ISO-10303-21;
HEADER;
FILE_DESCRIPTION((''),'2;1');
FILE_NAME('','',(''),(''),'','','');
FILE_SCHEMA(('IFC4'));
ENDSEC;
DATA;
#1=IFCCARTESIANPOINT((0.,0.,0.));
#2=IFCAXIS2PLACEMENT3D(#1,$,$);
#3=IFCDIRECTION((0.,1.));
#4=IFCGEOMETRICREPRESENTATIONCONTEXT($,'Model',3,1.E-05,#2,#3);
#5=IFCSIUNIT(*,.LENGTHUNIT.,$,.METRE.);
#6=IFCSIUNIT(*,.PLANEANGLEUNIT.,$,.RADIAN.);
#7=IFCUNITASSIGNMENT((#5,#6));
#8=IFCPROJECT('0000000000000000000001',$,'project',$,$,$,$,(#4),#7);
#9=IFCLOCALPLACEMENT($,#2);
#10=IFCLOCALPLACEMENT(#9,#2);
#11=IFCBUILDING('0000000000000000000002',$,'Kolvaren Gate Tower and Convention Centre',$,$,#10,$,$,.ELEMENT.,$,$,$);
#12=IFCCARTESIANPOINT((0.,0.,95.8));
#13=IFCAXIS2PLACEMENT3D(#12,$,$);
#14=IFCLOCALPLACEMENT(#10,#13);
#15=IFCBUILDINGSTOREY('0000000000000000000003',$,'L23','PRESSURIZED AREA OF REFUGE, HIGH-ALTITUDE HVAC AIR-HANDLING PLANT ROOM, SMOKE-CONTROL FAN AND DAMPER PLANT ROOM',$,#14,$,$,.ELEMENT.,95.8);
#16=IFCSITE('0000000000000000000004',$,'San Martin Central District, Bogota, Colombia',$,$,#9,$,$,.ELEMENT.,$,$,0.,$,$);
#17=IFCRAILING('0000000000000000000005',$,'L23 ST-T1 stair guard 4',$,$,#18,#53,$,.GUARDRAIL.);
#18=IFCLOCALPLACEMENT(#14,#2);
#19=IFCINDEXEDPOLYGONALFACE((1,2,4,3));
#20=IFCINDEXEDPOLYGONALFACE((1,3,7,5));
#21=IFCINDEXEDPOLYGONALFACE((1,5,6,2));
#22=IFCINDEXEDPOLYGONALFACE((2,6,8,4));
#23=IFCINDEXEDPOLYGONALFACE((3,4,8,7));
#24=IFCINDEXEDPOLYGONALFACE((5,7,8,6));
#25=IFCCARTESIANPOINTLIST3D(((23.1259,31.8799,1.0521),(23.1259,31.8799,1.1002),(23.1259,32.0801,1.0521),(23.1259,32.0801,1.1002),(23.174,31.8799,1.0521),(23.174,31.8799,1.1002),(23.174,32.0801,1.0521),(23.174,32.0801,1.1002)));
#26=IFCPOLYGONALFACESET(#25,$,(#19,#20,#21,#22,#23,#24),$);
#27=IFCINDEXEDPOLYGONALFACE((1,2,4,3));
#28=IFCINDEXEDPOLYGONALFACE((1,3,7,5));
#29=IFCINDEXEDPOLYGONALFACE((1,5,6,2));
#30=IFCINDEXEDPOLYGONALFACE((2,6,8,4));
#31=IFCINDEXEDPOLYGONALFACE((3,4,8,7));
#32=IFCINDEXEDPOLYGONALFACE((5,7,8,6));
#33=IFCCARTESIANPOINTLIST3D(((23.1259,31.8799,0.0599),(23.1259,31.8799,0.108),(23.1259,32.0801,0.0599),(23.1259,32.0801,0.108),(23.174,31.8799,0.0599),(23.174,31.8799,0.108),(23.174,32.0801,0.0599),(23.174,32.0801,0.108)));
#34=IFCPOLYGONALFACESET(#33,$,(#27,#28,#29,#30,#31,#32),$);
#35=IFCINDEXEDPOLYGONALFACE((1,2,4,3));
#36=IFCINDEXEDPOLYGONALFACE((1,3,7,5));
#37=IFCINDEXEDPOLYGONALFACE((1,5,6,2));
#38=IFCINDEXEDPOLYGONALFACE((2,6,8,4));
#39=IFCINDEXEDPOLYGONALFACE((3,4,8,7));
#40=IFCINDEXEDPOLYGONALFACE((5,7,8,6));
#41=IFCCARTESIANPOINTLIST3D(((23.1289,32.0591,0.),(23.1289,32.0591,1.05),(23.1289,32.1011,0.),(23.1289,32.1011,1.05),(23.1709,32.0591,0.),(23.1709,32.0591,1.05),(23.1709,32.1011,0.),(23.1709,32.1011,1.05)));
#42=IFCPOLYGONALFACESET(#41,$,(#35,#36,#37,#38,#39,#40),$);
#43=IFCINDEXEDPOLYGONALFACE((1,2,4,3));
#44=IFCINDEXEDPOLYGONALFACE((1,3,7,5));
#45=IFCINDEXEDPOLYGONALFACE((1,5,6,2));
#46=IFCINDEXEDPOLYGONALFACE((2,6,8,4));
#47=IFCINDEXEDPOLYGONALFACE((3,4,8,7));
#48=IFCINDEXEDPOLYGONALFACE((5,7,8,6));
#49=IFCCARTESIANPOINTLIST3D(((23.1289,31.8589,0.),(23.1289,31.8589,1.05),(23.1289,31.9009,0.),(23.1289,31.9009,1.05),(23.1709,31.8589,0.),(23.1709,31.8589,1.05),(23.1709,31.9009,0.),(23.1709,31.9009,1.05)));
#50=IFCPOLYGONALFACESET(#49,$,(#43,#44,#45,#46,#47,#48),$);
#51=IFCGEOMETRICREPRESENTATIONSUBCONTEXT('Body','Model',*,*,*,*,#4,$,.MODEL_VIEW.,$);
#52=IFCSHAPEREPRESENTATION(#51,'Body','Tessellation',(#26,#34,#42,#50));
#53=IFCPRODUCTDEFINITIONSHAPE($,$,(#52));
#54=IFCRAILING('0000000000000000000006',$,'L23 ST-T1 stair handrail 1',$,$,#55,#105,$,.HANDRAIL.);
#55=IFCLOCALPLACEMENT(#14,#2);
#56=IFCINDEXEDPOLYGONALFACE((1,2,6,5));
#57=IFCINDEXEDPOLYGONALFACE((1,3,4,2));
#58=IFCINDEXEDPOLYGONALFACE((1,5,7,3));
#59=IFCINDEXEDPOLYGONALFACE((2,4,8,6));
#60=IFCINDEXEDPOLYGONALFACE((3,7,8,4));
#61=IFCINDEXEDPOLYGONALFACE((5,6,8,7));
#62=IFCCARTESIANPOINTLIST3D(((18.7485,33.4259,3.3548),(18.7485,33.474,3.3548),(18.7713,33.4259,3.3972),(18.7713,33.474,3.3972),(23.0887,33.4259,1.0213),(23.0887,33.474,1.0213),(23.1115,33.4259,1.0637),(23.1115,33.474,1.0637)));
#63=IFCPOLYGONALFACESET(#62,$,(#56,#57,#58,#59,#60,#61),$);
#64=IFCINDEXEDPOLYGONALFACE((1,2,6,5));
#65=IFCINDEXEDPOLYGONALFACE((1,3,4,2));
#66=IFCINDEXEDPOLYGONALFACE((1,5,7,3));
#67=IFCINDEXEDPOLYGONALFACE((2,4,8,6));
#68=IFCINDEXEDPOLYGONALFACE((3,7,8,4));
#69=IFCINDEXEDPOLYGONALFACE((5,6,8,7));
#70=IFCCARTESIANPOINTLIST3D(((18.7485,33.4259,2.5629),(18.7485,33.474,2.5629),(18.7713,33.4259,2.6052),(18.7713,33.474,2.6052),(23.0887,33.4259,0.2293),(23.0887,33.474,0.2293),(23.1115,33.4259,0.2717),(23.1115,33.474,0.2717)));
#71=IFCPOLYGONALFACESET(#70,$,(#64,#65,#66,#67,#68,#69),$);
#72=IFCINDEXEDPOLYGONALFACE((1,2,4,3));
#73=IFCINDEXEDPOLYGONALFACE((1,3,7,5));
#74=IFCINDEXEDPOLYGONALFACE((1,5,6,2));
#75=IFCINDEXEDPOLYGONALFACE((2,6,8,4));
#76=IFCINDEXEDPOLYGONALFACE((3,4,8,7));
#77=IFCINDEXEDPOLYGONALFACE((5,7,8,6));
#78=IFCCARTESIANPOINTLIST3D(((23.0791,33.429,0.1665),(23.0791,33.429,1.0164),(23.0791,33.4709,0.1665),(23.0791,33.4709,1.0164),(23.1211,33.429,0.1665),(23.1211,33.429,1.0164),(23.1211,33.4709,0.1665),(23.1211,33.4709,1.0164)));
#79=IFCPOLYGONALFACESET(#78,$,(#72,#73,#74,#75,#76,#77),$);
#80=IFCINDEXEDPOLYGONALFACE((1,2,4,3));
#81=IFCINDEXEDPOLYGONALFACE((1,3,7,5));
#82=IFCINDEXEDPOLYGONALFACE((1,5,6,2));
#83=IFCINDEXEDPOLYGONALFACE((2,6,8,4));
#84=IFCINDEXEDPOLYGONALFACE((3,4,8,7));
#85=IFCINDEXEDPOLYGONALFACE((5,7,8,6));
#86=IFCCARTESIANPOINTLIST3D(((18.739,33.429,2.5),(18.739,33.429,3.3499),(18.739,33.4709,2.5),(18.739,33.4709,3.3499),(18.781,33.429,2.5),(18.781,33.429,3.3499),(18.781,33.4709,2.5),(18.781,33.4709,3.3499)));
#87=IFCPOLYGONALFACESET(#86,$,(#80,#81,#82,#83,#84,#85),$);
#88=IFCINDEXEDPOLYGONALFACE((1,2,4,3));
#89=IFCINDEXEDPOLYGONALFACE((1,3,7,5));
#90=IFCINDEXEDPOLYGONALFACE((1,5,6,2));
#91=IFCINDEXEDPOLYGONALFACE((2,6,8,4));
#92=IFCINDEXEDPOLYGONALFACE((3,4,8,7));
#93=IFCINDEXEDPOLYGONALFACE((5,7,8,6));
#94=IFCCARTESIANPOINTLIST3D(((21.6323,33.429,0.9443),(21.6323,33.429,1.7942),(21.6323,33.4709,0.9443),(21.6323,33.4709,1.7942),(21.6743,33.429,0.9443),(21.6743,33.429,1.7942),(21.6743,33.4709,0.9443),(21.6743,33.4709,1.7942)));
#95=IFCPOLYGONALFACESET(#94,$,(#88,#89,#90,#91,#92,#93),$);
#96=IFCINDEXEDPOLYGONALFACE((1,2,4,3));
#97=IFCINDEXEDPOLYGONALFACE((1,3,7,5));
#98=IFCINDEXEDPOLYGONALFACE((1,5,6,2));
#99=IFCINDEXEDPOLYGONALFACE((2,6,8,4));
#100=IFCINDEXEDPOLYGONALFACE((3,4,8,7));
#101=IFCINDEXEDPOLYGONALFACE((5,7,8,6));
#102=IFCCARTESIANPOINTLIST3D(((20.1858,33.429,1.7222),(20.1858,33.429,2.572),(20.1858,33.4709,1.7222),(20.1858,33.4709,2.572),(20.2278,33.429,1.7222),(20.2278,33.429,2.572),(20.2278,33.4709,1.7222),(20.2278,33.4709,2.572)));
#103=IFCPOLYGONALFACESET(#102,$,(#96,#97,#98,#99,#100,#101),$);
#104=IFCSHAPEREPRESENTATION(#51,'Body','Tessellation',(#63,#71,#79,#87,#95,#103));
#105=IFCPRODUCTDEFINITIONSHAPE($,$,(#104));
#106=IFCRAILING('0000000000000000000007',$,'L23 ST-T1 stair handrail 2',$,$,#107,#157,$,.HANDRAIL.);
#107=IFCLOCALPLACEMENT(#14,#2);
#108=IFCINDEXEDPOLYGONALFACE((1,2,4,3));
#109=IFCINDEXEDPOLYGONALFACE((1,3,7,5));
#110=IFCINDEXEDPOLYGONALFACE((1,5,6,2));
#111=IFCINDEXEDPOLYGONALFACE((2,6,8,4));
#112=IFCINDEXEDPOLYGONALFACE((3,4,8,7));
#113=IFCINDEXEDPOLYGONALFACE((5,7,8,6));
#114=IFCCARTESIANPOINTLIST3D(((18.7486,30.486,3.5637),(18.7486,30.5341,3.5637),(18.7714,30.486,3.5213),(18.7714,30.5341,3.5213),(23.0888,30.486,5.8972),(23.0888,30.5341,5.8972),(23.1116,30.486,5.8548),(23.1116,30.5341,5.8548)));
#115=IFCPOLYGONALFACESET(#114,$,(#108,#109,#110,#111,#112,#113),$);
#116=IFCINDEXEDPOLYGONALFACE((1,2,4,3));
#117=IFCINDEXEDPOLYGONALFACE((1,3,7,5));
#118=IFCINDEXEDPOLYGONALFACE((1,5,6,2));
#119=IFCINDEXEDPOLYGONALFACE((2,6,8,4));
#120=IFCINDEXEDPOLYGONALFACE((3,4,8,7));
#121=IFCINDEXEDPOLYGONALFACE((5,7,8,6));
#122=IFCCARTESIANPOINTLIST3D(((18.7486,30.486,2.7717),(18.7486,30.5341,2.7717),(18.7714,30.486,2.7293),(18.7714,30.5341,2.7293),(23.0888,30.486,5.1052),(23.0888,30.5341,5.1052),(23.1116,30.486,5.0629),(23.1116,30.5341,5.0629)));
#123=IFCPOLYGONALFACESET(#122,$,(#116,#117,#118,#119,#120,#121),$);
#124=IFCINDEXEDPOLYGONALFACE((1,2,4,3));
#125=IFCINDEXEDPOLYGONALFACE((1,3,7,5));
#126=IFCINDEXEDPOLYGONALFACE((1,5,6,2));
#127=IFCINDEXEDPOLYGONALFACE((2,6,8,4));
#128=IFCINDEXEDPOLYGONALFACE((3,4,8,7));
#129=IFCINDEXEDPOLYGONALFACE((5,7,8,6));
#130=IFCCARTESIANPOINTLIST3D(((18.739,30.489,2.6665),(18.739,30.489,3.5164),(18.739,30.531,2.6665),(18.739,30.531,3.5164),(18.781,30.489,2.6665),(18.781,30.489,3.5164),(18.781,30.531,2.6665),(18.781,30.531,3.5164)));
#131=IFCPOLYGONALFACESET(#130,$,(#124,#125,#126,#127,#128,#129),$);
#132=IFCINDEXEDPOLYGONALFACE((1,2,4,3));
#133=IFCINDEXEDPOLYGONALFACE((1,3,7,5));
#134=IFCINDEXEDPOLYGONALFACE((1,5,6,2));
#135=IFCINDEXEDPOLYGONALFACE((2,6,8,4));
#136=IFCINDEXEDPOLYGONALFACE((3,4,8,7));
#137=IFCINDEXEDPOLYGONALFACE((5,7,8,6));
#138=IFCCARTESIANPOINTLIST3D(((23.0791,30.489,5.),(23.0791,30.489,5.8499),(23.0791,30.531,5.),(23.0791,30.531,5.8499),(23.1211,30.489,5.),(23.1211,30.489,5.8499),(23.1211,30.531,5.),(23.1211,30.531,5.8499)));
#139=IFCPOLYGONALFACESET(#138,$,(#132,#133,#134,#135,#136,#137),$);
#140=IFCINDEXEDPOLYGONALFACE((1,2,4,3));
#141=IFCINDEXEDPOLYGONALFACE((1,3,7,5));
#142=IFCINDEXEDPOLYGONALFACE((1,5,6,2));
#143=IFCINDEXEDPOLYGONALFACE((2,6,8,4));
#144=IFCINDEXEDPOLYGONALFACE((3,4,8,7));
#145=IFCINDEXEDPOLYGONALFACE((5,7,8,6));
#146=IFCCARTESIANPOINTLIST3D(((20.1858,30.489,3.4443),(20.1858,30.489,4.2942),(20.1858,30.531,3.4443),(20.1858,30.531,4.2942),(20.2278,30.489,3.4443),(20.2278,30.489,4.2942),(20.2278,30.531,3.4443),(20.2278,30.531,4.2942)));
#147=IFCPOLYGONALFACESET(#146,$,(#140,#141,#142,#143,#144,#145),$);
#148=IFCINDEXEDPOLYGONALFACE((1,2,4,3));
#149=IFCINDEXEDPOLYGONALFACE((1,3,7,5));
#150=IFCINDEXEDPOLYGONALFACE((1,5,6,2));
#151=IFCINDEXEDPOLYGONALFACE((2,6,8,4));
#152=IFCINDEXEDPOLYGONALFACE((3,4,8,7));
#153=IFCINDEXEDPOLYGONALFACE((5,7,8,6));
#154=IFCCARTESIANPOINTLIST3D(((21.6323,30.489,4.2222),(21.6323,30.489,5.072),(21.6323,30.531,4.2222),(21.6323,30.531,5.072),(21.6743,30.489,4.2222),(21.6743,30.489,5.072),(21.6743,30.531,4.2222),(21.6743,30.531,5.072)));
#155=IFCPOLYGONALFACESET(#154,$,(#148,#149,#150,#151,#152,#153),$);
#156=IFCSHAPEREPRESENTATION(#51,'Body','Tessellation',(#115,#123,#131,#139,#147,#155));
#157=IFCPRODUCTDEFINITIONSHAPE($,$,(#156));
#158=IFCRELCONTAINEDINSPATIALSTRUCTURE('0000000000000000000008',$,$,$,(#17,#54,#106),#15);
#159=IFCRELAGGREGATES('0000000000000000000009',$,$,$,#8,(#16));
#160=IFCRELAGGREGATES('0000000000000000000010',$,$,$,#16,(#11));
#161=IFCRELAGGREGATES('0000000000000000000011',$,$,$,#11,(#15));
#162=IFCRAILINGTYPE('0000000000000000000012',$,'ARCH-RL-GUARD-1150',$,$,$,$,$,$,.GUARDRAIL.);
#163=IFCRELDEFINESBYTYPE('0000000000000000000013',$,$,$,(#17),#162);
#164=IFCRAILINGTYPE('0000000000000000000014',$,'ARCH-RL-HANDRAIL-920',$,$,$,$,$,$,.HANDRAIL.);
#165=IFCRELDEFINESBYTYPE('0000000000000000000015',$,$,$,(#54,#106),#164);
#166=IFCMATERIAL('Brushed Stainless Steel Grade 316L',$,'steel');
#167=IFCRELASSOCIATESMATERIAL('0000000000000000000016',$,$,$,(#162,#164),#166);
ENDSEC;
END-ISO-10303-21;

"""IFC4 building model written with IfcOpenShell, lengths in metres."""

from ifc_helpers import new_model, si_unit, direction, frame, origin, origin_2d, place, context, subcontext, project, spatial, rectangle, extrude, material, type_object, element, save


model = new_model("IFC4")

# Units and contexts
model_context = context("Model", 3, precision=1e-05, world=origin(), true_north=direction((0.0, 1.0)))
body_context = subcontext(model_context, "Body", "Model", "MODEL_VIEW")
ifc_project = project(units=[si_unit("LENGTHUNIT", "METRE"), si_unit("PLANEANGLEUNIT", "RADIAN")], contexts=[model_context])

# Site, building, storey
site_placement = place(None, origin())
site = spatial("IfcSite", under=ifc_project, at=site_placement, Name="San Martin Central District, Bogota, Colombia", CompositionType="ELEMENT", RefElevation=0.0)
building_placement = place(site_placement, origin())
building = spatial("IfcBuilding", under=site, at=building_placement, Name="Kolvaren Gate Tower and Convention Centre", CompositionType="ELEMENT")
storey_placement = place(building_placement, frame((0.0, 0.0, 95.8)))
storey = spatial("IfcBuildingStorey", under=building, at=storey_placement, Name="L23", Description="PRESSURIZED AREA OF REFUGE, HIGH-ALTITUDE HVAC AIR-HANDLING PLANT ROOM, SMOKE-CONTROL FAN AND DAMPER PLANT ROOM", CompositionType="ELEMENT", Elevation=95.8)

# Shared definitions
ifc_material_1 = material(Name="Brushed Stainless Steel Grade 316L", Category="steel")

# Railings
railing_type_1 = type_object("IfcRailingType", Name="ARCH-RL-GUARD-1150", PredefinedType="GUARDRAIL", material=ifc_material_1)
railing_1_placement = place(storey_placement, frame((23.1499, 32.0801, 0.0)))
element("IfcRailing", 1, at=railing_1_placement, inside=storey, type_object=railing_type_1, Name="L23 ST-T1 stair guard 4", PredefinedType="GUARDRAIL", context=body_context, shape_type="SweptSolid", body=[
    extrude(rectangle(XDim=0.0481, YDim=0.0481, at=origin_2d()), frame((0.0, 0.0, 1.0762), z_axis=(0.0, -1.0, 0.0), x_axis=(1.0, 0.0, 0.0)), (0.0, 0.0, 1.0), 0.2002),
    extrude(rectangle(XDim=0.0481, YDim=0.0481, at=origin_2d()), frame((0.0, 0.0, 0.084), z_axis=(0.0, -1.0, 0.0), x_axis=(1.0, 0.0, 0.0)), (0.0, 0.0, 1.0), 0.2002),
    extrude(rectangle(XDim=0.042, YDim=0.042, at=origin_2d()), origin(), (0.0, 0.0, 1.0), 1.05),
    extrude(rectangle(XDim=0.042, YDim=0.042, at=origin_2d()), frame((0.0, -0.2002, 0.0)), (0.0, 0.0, 1.0), 1.05),
])
railing_type_2 = type_object("IfcRailingType", Name="ARCH-RL-HANDRAIL-920", PredefinedType="HANDRAIL", material=ifc_material_1)
railing_2_placement = place(storey_placement, frame((23.1001, 33.45, 0.1665)))
element("IfcRailing", 2, at=railing_2_placement, inside=storey, type_object=railing_type_2, Name="L23 ST-T1 stair handrail 1", PredefinedType="HANDRAIL", context=body_context, shape_type="SweptSolid", body=[
    extrude(rectangle(XDim=0.0481, YDim=0.0481, at=origin_2d()), frame((0.0, 0.0, 0.876), z_axis=(-0.880765, 0.0, 0.473553), x_axis=(0.0, -1.0, 0.0)), (0.0, 0.0, 1.0), 4.9277),
    extrude(rectangle(XDim=0.0481, YDim=0.0481, at=origin_2d()), frame((0.0, 0.0, 0.084), z_axis=(-0.880765, 0.0, 0.473553), x_axis=(0.0, -1.0, 0.0)), (0.0, 0.0, 1.0), 4.9277),
    extrude(rectangle(XDim=0.042, YDim=0.042, at=origin_2d()), origin(), (0.0, 0.0, 1.0), 0.8499),
    extrude(rectangle(XDim=0.042, YDim=0.042, at=origin_2d()), frame((-4.3401, 0.0, 2.3335)), (0.0, 0.0, 1.0), 0.8499),
    extrude(rectangle(XDim=0.042, YDim=0.042, at=origin_2d()), frame((-1.4468, 0.0, 0.7778)), (0.0, 0.0, 1.0), 0.8499),
    extrude(rectangle(XDim=0.042, YDim=0.042, at=origin_2d()), frame((-2.8933, 0.0, 1.5557)), (0.0, 0.0, 1.0), 0.8499),
])
railing_3_placement = place(storey_placement, frame((18.76, 30.51, 2.6665)))
element("IfcRailing", 3, at=railing_3_placement, inside=storey, type_object=railing_type_2, Name="L23 ST-T1 stair handrail 2", PredefinedType="HANDRAIL", context=body_context, shape_type="SweptSolid", body=[
    extrude(rectangle(XDim=0.0481, YDim=0.0481, at=origin_2d()), frame((0.0, 0.0, 0.876), z_axis=(0.880765, 0.0, 0.473553), x_axis=(0.0, 1.0, 0.0)), (0.0, 0.0, 1.0), 4.9277),
    extrude(rectangle(XDim=0.0481, YDim=0.0481, at=origin_2d()), frame((0.0, 0.0, 0.084), z_axis=(0.880765, 0.0, 0.473553), x_axis=(0.0, 1.0, 0.0)), (0.0, 0.0, 1.0), 4.9277),
    extrude(rectangle(XDim=0.042, YDim=0.042, at=origin_2d()), origin(), (0.0, 0.0, 1.0), 0.8499),
    extrude(rectangle(XDim=0.042, YDim=0.042, at=origin_2d()), frame((4.3401, 0.0, 2.3335)), (0.0, 0.0, 1.0), 0.8499),
    extrude(rectangle(XDim=0.042, YDim=0.042, at=origin_2d()), frame((1.4468, 0.0, 0.7778)), (0.0, 0.0, 1.0), 0.8499),
    extrude(rectangle(XDim=0.042, YDim=0.042, at=origin_2d()), frame((2.8933, 0.0, 1.5557)), (0.0, 0.0, 1.0), 0.8499),
])

save(model, "model.ifc")
